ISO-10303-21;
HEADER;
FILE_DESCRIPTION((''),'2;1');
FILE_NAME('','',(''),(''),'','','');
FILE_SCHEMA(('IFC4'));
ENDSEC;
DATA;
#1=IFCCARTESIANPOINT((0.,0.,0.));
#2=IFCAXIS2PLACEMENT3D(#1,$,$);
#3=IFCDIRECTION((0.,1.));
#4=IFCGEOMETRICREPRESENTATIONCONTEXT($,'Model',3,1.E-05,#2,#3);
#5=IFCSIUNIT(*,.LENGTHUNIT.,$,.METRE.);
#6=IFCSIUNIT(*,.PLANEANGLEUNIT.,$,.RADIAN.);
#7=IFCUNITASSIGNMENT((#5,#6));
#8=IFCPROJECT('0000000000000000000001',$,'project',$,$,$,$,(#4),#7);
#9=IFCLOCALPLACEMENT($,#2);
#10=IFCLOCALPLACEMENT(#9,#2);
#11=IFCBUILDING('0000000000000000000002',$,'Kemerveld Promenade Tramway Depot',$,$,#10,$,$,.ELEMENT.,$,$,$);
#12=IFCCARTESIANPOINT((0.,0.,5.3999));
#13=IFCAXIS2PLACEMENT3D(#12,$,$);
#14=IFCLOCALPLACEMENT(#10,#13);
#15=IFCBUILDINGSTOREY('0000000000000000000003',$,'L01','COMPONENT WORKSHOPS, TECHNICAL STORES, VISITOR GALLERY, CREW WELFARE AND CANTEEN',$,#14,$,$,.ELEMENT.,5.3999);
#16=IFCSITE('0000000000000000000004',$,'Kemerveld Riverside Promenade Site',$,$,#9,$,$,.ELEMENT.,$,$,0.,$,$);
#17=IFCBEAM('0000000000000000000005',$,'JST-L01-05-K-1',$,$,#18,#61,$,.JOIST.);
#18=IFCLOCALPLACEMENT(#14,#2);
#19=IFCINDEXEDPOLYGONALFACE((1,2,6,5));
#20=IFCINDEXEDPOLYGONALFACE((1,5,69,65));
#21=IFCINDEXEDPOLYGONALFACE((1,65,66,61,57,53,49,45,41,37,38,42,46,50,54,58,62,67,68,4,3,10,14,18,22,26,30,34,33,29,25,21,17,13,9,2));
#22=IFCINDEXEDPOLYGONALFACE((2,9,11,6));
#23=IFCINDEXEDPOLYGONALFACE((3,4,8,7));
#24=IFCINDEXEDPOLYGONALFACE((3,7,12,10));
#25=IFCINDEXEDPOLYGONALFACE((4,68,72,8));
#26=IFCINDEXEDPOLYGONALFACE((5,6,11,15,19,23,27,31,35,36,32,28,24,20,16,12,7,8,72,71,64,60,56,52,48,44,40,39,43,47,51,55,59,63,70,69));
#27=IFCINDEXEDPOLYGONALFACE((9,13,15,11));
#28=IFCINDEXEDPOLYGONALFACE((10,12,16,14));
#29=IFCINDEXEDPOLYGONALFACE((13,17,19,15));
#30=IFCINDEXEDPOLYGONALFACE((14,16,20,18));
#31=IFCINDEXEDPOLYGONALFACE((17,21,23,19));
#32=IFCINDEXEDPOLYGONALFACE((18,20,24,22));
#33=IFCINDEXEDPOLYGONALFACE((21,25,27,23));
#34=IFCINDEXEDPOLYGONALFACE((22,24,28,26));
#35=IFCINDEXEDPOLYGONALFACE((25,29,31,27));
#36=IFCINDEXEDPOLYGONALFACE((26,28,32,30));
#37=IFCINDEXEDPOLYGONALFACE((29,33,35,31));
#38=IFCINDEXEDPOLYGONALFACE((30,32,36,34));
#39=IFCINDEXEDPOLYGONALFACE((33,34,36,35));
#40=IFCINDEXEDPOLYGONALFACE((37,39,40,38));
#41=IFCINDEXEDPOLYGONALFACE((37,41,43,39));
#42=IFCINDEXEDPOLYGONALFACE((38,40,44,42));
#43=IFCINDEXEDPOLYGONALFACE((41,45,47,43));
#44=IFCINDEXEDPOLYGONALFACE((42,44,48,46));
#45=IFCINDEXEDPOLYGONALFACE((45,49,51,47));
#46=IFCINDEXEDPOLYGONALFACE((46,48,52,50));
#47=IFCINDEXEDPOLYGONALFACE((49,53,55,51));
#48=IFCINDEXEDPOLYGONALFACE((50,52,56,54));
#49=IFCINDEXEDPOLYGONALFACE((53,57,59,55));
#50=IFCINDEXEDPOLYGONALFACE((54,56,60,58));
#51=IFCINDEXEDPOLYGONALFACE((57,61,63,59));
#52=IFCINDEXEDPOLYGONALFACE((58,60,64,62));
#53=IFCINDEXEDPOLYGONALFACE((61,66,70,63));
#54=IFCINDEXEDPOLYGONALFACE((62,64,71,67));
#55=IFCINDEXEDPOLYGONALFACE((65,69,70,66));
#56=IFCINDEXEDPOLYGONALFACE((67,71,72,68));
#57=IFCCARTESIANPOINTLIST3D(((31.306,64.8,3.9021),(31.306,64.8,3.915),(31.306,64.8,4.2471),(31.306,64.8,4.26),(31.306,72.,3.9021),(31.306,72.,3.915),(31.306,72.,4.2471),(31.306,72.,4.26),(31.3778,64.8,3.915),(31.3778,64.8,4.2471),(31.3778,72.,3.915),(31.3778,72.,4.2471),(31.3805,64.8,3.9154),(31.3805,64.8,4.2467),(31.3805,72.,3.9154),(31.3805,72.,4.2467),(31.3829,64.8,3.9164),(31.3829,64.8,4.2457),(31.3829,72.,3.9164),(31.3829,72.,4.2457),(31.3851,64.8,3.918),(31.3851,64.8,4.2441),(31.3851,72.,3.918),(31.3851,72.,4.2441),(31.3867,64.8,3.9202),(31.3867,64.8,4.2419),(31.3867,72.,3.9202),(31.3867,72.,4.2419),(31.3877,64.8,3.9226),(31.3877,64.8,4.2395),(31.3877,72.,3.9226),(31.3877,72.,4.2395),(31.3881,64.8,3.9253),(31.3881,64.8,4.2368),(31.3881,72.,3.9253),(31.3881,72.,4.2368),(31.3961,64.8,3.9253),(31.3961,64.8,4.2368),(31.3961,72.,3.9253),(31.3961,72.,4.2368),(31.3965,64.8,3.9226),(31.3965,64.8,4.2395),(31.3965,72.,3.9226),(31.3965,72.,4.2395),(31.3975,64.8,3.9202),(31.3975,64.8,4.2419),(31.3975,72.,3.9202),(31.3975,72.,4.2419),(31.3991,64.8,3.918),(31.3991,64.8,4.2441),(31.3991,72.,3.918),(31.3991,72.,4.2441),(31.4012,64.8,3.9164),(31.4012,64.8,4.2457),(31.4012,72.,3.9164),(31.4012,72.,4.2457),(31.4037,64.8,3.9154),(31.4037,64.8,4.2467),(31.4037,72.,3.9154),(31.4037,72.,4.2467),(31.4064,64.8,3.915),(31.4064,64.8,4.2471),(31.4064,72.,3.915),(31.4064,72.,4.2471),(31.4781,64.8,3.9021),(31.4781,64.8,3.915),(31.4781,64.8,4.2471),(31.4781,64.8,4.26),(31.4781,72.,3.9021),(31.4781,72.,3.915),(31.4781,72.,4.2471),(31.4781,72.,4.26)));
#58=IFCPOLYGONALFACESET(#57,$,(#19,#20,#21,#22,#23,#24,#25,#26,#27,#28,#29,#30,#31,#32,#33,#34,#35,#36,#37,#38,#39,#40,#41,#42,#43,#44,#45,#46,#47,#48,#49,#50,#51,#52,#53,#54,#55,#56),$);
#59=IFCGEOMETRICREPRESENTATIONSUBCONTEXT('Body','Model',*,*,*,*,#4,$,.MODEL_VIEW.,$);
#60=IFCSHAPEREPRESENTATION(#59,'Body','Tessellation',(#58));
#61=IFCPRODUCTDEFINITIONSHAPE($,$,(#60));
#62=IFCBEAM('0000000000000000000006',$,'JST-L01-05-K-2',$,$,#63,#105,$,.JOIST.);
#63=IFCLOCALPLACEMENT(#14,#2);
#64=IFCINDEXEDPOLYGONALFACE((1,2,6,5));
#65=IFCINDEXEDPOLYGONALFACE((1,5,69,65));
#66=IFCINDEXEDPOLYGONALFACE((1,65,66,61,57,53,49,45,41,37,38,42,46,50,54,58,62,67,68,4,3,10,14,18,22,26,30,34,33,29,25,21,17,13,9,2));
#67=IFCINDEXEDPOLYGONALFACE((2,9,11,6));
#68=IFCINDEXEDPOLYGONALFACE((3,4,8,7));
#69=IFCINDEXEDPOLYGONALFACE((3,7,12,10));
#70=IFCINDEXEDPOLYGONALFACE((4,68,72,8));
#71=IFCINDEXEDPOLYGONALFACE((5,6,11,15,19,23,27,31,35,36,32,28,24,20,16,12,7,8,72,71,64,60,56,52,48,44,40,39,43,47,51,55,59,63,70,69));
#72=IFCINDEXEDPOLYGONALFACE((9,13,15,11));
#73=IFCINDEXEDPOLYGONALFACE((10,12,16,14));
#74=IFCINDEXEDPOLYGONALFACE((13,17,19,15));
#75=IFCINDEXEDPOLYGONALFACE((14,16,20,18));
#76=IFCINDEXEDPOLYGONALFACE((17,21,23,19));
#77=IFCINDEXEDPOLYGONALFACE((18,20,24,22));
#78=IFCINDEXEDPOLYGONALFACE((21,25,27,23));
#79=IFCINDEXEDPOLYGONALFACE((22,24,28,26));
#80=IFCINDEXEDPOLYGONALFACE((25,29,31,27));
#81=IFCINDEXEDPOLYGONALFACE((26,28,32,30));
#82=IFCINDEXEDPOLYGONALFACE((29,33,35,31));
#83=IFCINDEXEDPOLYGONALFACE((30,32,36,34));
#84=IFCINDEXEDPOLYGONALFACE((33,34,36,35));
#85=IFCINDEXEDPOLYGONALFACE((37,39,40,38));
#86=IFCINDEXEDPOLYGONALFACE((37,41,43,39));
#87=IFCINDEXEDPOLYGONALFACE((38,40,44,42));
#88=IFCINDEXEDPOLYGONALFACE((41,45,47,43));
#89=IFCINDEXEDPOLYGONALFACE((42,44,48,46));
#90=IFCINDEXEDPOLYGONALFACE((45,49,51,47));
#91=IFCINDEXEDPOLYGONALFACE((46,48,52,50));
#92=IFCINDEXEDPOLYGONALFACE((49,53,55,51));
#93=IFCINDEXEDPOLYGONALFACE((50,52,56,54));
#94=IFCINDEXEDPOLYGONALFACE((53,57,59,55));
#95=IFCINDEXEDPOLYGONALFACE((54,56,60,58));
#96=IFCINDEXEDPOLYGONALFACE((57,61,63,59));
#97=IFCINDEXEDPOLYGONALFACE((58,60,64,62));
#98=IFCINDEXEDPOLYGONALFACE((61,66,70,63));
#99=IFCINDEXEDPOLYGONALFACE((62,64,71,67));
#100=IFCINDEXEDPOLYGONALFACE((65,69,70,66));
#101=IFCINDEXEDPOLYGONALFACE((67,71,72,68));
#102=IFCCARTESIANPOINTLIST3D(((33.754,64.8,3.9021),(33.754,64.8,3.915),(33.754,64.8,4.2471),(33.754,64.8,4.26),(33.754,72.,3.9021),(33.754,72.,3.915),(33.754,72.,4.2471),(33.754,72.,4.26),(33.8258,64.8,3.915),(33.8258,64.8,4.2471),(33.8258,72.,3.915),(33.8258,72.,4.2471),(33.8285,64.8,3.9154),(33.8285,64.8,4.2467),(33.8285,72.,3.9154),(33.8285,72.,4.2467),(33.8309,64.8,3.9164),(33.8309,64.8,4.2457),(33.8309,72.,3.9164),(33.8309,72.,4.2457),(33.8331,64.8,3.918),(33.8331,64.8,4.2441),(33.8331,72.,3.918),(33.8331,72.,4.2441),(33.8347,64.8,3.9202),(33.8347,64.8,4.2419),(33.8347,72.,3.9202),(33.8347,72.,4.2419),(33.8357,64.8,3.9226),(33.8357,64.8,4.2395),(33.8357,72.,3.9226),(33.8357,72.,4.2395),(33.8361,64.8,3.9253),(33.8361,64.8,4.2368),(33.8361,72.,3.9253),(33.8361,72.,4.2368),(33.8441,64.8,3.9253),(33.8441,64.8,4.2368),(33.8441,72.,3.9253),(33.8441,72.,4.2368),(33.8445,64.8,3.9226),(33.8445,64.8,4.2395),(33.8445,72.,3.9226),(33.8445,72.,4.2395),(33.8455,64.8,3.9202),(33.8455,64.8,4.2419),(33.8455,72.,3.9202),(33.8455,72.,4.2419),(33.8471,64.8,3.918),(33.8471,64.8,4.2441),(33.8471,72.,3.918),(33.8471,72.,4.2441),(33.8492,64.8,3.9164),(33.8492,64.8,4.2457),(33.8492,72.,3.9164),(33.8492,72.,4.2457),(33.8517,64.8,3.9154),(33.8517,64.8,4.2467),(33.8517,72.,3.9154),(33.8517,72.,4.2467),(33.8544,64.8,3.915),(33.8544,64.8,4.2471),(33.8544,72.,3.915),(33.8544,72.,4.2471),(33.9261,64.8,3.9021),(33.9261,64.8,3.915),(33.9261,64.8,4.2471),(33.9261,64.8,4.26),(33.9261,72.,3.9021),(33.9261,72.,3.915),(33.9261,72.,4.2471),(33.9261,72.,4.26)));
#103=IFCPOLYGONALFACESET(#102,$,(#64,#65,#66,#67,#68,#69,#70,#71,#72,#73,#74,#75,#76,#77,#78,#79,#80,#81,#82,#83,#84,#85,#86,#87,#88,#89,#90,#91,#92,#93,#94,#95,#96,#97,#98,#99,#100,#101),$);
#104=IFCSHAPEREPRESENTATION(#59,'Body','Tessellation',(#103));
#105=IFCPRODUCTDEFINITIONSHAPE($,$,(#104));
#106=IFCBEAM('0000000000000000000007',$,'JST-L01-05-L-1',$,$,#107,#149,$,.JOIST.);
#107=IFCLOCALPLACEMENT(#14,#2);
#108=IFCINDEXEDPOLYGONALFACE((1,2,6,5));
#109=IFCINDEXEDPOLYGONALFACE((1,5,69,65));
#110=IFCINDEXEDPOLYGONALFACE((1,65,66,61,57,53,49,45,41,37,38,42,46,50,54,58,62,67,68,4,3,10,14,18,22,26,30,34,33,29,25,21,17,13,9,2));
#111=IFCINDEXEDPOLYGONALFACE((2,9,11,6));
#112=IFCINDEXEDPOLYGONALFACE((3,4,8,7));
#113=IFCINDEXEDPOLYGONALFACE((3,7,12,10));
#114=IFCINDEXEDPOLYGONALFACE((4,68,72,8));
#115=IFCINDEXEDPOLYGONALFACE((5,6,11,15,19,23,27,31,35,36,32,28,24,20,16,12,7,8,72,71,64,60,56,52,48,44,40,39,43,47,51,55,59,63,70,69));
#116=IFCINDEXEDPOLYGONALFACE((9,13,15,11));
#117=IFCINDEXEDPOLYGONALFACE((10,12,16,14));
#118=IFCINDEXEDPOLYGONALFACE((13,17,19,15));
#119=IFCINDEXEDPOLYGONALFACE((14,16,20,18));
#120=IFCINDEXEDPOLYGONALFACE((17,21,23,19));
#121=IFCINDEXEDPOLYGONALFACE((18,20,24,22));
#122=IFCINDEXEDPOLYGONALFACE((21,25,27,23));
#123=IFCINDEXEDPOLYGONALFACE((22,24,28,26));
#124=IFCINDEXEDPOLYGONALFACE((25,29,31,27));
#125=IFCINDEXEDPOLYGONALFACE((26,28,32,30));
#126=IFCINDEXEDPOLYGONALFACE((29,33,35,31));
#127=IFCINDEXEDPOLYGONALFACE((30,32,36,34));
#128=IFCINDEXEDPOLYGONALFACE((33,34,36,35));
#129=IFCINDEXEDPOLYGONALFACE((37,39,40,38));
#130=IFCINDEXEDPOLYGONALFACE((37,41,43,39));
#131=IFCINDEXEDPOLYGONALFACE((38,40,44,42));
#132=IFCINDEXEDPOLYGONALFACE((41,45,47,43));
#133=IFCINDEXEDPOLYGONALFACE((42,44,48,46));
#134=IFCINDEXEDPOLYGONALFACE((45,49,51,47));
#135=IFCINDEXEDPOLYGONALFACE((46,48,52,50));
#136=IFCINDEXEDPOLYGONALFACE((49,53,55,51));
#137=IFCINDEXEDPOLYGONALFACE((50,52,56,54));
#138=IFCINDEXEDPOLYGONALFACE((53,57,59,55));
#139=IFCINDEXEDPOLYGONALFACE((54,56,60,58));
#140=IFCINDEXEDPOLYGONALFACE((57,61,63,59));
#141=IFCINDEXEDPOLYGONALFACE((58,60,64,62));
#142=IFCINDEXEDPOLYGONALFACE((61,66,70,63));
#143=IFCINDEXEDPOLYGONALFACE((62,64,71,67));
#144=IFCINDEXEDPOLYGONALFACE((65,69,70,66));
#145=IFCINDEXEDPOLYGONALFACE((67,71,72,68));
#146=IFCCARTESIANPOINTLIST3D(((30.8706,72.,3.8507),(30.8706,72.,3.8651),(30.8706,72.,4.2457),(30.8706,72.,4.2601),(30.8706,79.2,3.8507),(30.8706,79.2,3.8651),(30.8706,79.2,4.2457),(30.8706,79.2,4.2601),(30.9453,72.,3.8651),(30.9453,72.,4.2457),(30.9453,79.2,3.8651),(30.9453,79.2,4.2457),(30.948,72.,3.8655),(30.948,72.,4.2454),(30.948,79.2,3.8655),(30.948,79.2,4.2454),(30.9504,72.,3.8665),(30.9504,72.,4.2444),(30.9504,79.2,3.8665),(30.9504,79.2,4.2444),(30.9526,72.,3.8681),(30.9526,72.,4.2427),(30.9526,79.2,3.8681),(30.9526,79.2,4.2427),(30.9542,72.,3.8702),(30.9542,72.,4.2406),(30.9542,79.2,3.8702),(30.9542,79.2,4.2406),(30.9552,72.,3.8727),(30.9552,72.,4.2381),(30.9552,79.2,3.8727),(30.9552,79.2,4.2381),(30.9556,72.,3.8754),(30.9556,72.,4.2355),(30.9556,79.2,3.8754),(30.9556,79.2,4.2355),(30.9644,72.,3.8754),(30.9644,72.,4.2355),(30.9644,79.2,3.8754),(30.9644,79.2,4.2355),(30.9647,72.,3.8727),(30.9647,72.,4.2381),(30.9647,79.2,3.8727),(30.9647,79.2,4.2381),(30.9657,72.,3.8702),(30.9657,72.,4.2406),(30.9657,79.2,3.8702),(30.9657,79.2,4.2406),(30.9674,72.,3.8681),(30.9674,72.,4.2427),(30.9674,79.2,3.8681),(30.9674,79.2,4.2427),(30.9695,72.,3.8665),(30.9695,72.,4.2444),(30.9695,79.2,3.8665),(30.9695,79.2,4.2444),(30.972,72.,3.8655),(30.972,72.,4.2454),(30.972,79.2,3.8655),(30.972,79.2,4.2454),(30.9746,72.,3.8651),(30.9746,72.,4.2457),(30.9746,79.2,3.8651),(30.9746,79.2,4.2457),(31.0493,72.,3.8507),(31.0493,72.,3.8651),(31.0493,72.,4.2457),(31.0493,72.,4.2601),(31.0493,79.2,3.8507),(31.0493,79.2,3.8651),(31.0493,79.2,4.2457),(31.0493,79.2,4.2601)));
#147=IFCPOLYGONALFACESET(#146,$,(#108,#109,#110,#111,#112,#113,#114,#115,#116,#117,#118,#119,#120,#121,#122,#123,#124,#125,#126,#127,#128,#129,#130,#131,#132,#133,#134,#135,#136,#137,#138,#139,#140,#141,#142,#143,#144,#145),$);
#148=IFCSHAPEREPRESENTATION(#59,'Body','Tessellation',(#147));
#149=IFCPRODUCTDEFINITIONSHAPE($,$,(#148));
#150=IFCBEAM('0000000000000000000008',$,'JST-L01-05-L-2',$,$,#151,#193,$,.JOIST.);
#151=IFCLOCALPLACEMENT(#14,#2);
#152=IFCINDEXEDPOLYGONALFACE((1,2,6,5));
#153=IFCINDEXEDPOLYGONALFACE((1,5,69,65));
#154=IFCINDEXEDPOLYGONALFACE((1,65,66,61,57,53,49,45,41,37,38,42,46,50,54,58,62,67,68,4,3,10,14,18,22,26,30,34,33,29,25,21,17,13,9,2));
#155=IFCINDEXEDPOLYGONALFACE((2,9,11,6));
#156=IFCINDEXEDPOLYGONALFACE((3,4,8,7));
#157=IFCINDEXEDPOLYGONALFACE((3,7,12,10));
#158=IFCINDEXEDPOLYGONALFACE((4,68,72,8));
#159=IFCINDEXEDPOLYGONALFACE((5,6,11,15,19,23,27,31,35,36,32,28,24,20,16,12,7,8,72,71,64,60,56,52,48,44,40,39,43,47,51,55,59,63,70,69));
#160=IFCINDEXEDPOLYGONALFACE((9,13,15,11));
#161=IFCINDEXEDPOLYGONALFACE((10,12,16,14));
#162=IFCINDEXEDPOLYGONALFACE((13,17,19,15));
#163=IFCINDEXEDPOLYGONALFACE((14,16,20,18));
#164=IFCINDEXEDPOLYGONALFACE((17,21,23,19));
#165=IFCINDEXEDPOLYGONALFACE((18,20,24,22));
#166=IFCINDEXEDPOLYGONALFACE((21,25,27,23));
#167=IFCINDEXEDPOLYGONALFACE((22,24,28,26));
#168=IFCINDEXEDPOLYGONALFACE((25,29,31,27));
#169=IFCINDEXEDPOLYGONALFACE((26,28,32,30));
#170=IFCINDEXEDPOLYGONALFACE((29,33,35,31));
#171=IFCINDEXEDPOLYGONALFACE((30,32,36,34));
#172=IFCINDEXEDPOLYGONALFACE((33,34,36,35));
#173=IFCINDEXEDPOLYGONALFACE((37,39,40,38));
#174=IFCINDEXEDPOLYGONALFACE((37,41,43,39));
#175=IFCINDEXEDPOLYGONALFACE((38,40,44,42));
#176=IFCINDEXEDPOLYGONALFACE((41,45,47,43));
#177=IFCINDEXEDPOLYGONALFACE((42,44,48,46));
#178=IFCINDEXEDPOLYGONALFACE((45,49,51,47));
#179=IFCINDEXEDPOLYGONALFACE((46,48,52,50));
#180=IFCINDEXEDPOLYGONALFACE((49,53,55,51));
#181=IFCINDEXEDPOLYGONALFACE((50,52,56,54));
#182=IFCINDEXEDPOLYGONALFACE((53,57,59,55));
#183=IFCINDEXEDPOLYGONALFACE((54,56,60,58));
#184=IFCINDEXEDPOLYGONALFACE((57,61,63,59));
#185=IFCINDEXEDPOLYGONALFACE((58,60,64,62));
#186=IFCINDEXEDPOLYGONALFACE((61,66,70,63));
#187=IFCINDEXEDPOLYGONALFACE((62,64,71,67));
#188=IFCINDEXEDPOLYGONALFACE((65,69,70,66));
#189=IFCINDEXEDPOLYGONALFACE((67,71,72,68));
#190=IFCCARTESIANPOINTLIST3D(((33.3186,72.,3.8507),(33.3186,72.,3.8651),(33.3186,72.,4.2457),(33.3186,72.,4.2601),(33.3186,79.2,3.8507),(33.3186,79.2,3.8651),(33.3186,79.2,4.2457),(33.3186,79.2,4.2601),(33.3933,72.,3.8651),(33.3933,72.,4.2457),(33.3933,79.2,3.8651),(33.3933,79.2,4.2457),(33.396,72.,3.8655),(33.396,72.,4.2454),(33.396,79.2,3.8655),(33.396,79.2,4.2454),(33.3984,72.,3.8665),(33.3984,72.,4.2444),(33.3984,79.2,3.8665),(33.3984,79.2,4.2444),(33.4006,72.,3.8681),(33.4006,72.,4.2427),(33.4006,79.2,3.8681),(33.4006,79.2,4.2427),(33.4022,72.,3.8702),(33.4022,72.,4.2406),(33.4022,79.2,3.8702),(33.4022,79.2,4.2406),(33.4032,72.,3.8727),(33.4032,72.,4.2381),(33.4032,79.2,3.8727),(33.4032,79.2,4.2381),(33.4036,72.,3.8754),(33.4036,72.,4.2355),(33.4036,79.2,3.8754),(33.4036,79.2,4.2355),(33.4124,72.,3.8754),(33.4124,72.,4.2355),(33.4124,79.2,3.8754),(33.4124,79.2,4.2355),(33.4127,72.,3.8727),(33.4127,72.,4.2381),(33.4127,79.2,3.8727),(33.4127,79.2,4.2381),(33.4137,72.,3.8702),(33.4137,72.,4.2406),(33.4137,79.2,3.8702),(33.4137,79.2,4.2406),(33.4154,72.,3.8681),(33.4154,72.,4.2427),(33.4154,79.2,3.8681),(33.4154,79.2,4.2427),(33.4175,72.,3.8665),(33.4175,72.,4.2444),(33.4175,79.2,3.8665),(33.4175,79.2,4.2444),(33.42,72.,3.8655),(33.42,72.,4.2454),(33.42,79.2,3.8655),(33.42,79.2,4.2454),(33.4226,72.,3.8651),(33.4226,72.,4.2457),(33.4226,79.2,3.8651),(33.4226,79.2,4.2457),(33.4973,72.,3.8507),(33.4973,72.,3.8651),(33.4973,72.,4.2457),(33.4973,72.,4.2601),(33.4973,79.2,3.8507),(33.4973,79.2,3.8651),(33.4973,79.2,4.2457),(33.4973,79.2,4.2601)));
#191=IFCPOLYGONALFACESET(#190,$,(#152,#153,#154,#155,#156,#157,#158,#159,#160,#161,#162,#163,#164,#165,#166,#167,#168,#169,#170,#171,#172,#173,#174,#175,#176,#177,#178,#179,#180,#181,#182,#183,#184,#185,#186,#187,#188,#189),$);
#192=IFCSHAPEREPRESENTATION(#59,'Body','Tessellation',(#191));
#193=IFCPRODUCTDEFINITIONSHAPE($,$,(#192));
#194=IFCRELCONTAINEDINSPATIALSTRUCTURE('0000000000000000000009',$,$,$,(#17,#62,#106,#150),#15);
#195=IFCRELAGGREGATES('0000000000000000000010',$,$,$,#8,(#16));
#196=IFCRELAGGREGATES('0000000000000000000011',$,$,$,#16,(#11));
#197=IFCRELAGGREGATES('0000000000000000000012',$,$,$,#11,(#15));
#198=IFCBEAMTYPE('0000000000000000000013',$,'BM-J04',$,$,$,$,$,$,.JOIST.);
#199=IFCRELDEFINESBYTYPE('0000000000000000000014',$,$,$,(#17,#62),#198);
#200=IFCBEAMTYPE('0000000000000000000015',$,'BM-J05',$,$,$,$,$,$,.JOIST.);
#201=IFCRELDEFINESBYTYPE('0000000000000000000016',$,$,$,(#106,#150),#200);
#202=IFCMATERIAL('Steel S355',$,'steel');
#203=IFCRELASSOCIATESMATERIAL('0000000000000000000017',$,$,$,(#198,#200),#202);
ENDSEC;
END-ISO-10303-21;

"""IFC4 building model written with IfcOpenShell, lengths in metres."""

from ifc_helpers import new_model, si_unit, direction, frame, origin, origin_2d, place, context, subcontext, project, spatial, i_section, extrude, material, material_profile, profile_set, type_object, element, save


model = new_model("IFC4")

# Units and contexts
model_context = context("Model", 3, precision=1e-05, world=origin(), true_north=direction((0.0, 1.0)))
body_context = subcontext(model_context, "Body", "Model", "MODEL_VIEW")
ifc_project = project(units=[si_unit("LENGTHUNIT", "METRE"), si_unit("PLANEANGLEUNIT", "RADIAN")], contexts=[model_context])

# Site, building, storey
site_placement = place(None, origin())
site = spatial("IfcSite", under=ifc_project, at=site_placement, Name="Kemerveld Riverside Promenade Site", CompositionType="ELEMENT", RefElevation=0.0)
building_placement = place(site_placement, origin())
building = spatial("IfcBuilding", under=site, at=building_placement, Name="Kemerveld Promenade Tramway Depot", CompositionType="ELEMENT")
storey_placement = place(building_placement, frame((0.0, 0.0, 5.3999)))
storey = spatial("IfcBuildingStorey", under=building, at=storey_placement, Name="L01", Description="COMPONENT WORKSHOPS, TECHNICAL STORES, VISITOR GALLERY, CREW WELFARE AND CANTEEN", CompositionType="ELEMENT", Elevation=5.3999)

# Shared definitions
ifc_material_1 = material(Name="Steel S355", Category="steel")

# Beams
ifc_material_profile_1 = material_profile(ifc_material_1, i_section(OverallWidth=0.1721, OverallDepth=0.3579, WebThickness=0.0081, FlangeThickness=0.0129, FilletRadius=0.0103, at=origin_2d()), Name="356x171x57 UB")
ifc_profile_set_1 = profile_set([ifc_material_profile_1], Name="Steel S355")
beam_type_1 = type_object("IfcBeamType", Name="BM-J04", PredefinedType="JOIST", material=ifc_profile_set_1)
for number, where, z_axis, x_axis, name in (
    (1, (31.3921, 64.8, 4.0811), (0.0, 1.0, 0.0), (-1.0, 0.0, 0.0), "JST-L01-05-K-1"),
    (2, (33.8401, 64.8, 4.0811), (0.0, 1.0, 0.0), (-1.0, 0.0, 0.0), "JST-L01-05-K-2"),
):
    element("IfcBeam", number, at=place(storey_placement, frame(where, z_axis=z_axis, x_axis=x_axis)), inside=storey, type_object=beam_type_1, Name=name, PredefinedType="JOIST", context=body_context, shape_type="SweptSolid", body=[
        extrude(i_section(OverallWidth=0.1721, OverallDepth=0.3579, WebThickness=0.0081, FlangeThickness=0.0129, FilletRadius=0.0103, at=origin_2d()), origin(), (0.0, 0.0, 1.0), 7.2),
    ])
ifc_material_profile_2 = material_profile(ifc_material_1, i_section(OverallWidth=0.1787, OverallDepth=0.4094, WebThickness=0.0088, FlangeThickness=0.0144, FilletRadius=0.0103, at=origin_2d()), Name="406x178x67 UB")
ifc_profile_set_2 = profile_set([ifc_material_profile_2], Name="Steel S355")
beam_type_2 = type_object("IfcBeamType", Name="BM-J05", PredefinedType="JOIST", material=ifc_profile_set_2)
for number, where, z_axis, x_axis, name in (
    (3, (30.96, 72.0, 4.0554), (0.0, 1.0, 0.0), (-1.0, 0.0, 0.0), "JST-L01-05-L-1"),
    (4, (33.408, 72.0, 4.0554), (0.0, 1.0, 0.0), (-1.0, 0.0, 0.0), "JST-L01-05-L-2"),
):
    element("IfcBeam", number, at=place(storey_placement, frame(where, z_axis=z_axis, x_axis=x_axis)), inside=storey, type_object=beam_type_2, Name=name, PredefinedType="JOIST", context=body_context, shape_type="SweptSolid", body=[
        extrude(i_section(OverallWidth=0.1787, OverallDepth=0.4094, WebThickness=0.0088, FlangeThickness=0.0144, FilletRadius=0.0103, at=origin_2d()), origin(), (0.0, 0.0, 1.0), 7.2),
    ])

save(model, "model.ifc")
